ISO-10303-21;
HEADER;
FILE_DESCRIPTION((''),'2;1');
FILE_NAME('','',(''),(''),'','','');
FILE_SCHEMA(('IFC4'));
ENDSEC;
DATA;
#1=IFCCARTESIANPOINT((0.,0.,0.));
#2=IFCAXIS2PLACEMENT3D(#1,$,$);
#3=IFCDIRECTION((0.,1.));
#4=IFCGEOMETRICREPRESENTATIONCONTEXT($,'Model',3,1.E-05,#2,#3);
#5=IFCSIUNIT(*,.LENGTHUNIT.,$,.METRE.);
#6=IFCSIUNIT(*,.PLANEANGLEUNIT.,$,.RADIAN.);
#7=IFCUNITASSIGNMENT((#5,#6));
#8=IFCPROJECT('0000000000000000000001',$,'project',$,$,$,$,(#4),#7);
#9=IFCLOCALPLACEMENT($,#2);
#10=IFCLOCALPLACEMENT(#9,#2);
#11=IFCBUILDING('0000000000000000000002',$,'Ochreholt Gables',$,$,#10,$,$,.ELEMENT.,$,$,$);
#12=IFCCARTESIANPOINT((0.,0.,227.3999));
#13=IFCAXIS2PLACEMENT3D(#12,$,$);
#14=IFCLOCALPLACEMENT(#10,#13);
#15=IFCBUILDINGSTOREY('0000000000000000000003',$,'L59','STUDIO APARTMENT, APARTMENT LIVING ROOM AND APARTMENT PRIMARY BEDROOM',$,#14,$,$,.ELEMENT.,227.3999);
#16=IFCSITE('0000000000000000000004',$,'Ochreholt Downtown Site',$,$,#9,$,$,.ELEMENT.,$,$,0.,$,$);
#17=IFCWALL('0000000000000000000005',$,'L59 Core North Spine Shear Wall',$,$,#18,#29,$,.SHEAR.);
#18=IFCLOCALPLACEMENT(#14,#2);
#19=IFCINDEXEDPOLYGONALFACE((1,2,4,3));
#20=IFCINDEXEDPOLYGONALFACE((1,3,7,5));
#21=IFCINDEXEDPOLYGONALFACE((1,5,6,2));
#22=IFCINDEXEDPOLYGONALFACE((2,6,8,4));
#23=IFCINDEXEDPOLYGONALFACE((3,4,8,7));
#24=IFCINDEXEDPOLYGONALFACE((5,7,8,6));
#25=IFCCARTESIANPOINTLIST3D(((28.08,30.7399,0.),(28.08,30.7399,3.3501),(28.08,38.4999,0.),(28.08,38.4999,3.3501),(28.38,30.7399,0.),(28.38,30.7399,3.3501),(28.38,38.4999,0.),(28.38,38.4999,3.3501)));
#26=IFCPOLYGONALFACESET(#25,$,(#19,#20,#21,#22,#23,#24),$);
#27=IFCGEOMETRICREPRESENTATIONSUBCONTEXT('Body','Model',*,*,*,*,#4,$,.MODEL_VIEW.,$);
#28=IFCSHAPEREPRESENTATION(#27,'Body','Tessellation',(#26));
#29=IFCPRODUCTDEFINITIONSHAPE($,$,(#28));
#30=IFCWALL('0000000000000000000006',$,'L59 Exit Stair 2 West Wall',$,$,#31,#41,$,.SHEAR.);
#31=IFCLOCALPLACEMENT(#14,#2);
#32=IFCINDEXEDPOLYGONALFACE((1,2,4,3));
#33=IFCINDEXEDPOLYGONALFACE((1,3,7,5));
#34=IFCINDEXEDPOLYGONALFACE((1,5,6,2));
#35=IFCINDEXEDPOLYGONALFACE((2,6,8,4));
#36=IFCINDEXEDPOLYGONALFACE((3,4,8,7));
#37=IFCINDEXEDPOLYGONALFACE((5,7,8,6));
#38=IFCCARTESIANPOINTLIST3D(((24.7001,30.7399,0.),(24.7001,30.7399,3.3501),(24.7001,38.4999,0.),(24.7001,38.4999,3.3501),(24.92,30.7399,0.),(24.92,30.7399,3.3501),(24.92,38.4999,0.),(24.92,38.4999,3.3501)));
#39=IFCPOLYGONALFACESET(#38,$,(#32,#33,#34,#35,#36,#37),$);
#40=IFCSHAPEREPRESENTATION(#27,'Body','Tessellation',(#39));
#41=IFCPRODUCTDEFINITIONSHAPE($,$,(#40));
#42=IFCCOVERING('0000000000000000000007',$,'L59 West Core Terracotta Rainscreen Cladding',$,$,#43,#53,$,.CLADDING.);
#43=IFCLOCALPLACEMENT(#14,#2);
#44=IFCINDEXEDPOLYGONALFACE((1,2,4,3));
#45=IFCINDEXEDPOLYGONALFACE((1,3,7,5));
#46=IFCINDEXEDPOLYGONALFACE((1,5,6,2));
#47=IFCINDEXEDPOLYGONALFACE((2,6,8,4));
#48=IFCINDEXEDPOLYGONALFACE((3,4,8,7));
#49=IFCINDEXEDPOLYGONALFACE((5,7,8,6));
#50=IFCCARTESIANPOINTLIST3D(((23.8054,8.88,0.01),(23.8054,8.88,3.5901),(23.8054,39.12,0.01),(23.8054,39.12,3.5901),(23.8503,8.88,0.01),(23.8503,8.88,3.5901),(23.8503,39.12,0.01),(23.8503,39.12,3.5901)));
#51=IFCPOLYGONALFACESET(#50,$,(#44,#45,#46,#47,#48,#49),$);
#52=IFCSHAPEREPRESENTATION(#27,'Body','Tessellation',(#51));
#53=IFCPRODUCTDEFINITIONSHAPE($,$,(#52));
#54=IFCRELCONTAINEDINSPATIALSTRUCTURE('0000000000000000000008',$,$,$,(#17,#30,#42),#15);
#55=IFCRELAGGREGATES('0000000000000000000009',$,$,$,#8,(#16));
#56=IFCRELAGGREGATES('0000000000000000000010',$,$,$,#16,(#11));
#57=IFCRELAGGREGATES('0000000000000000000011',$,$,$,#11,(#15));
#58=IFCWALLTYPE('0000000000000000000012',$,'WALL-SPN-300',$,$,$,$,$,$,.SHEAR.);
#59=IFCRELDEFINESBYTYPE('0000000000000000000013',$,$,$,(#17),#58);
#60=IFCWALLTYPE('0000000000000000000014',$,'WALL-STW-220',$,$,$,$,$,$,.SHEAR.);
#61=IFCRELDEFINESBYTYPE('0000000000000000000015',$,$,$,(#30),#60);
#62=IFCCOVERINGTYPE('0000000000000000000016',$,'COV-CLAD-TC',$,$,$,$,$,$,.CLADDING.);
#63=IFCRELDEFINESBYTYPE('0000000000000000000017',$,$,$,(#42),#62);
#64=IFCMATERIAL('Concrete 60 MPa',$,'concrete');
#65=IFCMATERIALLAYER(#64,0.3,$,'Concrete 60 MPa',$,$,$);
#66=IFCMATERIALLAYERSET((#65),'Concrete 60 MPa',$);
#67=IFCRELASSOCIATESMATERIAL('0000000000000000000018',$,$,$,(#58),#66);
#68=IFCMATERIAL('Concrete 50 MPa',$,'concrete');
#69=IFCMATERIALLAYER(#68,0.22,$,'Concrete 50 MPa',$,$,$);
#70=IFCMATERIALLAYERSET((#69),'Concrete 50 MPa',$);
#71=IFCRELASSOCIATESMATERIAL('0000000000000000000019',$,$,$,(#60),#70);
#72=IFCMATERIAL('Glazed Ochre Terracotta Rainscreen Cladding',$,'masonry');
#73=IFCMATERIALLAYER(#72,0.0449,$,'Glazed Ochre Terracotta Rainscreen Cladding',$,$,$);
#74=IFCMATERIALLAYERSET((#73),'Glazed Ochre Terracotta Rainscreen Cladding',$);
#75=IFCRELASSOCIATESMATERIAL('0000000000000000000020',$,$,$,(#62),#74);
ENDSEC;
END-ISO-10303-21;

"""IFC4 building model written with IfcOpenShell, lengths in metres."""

from ifc_helpers import new_model, si_unit, direction, frame, frame_2d, origin, origin_2d, place, context, subcontext, project, spatial, rectangle, extrude, material, layer, layer_set, type_object, element, save


model = new_model("IFC4")

# Units and contexts
model_context = context("Model", 3, precision=1e-05, world=origin(), true_north=direction((0.0, 1.0)))
body_context = subcontext(model_context, "Body", "Model", "MODEL_VIEW")
ifc_project = project(units=[si_unit("LENGTHUNIT", "METRE"), si_unit("PLANEANGLEUNIT", "RADIAN")], contexts=[model_context])

# Site, building, storey
site_placement = place(None, origin())
site = spatial("IfcSite", under=ifc_project, at=site_placement, Name="Ochreholt Downtown Site", CompositionType="ELEMENT", RefElevation=0.0)
building_placement = place(site_placement, origin())
building = spatial("IfcBuilding", under=site, at=building_placement, Name="Ochreholt Gables", CompositionType="ELEMENT")
storey_placement = place(building_placement, frame((0.0, 0.0, 227.3999)))
storey = spatial("IfcBuildingStorey", under=building, at=storey_placement, Name="L59", Description="STUDIO APARTMENT, APARTMENT LIVING ROOM AND APARTMENT PRIMARY BEDROOM", CompositionType="ELEMENT", Elevation=227.3999)

# Shared definitions
ifc_material_1 = material(Name="Concrete 50 MPa", Category="concrete")

# Walls
ifc_material_2 = material(Name="Concrete 60 MPa", Category="concrete")
ifc_layer_1 = layer(ifc_material_2, 0.3, Name="Concrete 60 MPa")
ifc_layer_set_1 = layer_set([ifc_layer_1], Name="Concrete 60 MPa")
wall_type_1 = type_object("IfcWallType", Name="WALL-SPN-300", PredefinedType="SHEAR", material=ifc_layer_set_1)
wall_1_placement = place(storey_placement, frame((28.23, 30.74, 0.0), z_axis=(0.0, 0.0, 1.0), x_axis=(0.0, 1.0, 0.0)))
element("IfcWall", 1, at=wall_1_placement, inside=storey, type_object=wall_type_1, Name="L59 Core North Spine Shear Wall", PredefinedType="SHEAR", context=body_context, shape_type="SweptSolid", body=[
    extrude(rectangle(XDim=7.76, YDim=0.3, at=frame_2d((3.8799, 0.0))), origin(), (0.0, 0.0, 1.0), 3.3501),
])
ifc_layer_2 = layer(ifc_material_1, 0.22, Name="Concrete 50 MPa")
ifc_layer_set_2 = layer_set([ifc_layer_2], Name="Concrete 50 MPa")
wall_type_2 = type_object("IfcWallType", Name="WALL-STW-220", PredefinedType="SHEAR", material=ifc_layer_set_2)
wall_2_placement = place(storey_placement, frame((24.8101, 30.74, 0.0), z_axis=(0.0, 0.0, 1.0), x_axis=(0.0, 1.0, 0.0)))
element("IfcWall", 2, at=wall_2_placement, inside=storey, type_object=wall_type_2, Name="L59 Exit Stair 2 West Wall", PredefinedType="SHEAR", context=body_context, shape_type="SweptSolid", body=[
    extrude(rectangle(XDim=7.76, YDim=0.22, at=frame_2d((3.8799, 0.0))), origin(), (0.0, 0.0, 1.0), 3.3501),
])

# Covering
ifc_material_3 = material(Name="Glazed Ochre Terracotta Rainscreen Cladding", Category="masonry")
ifc_layer_3 = layer(ifc_material_3, 0.0449, Name="Glazed Ochre Terracotta Rainscreen Cladding")
ifc_layer_set_3 = layer_set([ifc_layer_3], Name="Glazed Ochre Terracotta Rainscreen Cladding")
covering_type = type_object("IfcCoveringType", Name="COV-CLAD-TC", PredefinedType="CLADDING", material=ifc_layer_set_3)
covering_placement = place(storey_placement, frame((23.8279, 24.0, 0.01), z_axis=(0.0, 0.0, 1.0), x_axis=(0.0, 1.0, 0.0)))
element("IfcCovering", 3, at=covering_placement, inside=storey, type_object=covering_type, Name="L59 West Core Terracotta Rainscreen Cladding", PredefinedType="CLADDING", context=body_context, shape_type="SweptSolid", body=[
    extrude(rectangle(XDim=30.24, YDim=0.0449, at=origin_2d()), origin(), (0.0, 0.0, 1.0), 3.5801),
])

save(model, "model.ifc")
